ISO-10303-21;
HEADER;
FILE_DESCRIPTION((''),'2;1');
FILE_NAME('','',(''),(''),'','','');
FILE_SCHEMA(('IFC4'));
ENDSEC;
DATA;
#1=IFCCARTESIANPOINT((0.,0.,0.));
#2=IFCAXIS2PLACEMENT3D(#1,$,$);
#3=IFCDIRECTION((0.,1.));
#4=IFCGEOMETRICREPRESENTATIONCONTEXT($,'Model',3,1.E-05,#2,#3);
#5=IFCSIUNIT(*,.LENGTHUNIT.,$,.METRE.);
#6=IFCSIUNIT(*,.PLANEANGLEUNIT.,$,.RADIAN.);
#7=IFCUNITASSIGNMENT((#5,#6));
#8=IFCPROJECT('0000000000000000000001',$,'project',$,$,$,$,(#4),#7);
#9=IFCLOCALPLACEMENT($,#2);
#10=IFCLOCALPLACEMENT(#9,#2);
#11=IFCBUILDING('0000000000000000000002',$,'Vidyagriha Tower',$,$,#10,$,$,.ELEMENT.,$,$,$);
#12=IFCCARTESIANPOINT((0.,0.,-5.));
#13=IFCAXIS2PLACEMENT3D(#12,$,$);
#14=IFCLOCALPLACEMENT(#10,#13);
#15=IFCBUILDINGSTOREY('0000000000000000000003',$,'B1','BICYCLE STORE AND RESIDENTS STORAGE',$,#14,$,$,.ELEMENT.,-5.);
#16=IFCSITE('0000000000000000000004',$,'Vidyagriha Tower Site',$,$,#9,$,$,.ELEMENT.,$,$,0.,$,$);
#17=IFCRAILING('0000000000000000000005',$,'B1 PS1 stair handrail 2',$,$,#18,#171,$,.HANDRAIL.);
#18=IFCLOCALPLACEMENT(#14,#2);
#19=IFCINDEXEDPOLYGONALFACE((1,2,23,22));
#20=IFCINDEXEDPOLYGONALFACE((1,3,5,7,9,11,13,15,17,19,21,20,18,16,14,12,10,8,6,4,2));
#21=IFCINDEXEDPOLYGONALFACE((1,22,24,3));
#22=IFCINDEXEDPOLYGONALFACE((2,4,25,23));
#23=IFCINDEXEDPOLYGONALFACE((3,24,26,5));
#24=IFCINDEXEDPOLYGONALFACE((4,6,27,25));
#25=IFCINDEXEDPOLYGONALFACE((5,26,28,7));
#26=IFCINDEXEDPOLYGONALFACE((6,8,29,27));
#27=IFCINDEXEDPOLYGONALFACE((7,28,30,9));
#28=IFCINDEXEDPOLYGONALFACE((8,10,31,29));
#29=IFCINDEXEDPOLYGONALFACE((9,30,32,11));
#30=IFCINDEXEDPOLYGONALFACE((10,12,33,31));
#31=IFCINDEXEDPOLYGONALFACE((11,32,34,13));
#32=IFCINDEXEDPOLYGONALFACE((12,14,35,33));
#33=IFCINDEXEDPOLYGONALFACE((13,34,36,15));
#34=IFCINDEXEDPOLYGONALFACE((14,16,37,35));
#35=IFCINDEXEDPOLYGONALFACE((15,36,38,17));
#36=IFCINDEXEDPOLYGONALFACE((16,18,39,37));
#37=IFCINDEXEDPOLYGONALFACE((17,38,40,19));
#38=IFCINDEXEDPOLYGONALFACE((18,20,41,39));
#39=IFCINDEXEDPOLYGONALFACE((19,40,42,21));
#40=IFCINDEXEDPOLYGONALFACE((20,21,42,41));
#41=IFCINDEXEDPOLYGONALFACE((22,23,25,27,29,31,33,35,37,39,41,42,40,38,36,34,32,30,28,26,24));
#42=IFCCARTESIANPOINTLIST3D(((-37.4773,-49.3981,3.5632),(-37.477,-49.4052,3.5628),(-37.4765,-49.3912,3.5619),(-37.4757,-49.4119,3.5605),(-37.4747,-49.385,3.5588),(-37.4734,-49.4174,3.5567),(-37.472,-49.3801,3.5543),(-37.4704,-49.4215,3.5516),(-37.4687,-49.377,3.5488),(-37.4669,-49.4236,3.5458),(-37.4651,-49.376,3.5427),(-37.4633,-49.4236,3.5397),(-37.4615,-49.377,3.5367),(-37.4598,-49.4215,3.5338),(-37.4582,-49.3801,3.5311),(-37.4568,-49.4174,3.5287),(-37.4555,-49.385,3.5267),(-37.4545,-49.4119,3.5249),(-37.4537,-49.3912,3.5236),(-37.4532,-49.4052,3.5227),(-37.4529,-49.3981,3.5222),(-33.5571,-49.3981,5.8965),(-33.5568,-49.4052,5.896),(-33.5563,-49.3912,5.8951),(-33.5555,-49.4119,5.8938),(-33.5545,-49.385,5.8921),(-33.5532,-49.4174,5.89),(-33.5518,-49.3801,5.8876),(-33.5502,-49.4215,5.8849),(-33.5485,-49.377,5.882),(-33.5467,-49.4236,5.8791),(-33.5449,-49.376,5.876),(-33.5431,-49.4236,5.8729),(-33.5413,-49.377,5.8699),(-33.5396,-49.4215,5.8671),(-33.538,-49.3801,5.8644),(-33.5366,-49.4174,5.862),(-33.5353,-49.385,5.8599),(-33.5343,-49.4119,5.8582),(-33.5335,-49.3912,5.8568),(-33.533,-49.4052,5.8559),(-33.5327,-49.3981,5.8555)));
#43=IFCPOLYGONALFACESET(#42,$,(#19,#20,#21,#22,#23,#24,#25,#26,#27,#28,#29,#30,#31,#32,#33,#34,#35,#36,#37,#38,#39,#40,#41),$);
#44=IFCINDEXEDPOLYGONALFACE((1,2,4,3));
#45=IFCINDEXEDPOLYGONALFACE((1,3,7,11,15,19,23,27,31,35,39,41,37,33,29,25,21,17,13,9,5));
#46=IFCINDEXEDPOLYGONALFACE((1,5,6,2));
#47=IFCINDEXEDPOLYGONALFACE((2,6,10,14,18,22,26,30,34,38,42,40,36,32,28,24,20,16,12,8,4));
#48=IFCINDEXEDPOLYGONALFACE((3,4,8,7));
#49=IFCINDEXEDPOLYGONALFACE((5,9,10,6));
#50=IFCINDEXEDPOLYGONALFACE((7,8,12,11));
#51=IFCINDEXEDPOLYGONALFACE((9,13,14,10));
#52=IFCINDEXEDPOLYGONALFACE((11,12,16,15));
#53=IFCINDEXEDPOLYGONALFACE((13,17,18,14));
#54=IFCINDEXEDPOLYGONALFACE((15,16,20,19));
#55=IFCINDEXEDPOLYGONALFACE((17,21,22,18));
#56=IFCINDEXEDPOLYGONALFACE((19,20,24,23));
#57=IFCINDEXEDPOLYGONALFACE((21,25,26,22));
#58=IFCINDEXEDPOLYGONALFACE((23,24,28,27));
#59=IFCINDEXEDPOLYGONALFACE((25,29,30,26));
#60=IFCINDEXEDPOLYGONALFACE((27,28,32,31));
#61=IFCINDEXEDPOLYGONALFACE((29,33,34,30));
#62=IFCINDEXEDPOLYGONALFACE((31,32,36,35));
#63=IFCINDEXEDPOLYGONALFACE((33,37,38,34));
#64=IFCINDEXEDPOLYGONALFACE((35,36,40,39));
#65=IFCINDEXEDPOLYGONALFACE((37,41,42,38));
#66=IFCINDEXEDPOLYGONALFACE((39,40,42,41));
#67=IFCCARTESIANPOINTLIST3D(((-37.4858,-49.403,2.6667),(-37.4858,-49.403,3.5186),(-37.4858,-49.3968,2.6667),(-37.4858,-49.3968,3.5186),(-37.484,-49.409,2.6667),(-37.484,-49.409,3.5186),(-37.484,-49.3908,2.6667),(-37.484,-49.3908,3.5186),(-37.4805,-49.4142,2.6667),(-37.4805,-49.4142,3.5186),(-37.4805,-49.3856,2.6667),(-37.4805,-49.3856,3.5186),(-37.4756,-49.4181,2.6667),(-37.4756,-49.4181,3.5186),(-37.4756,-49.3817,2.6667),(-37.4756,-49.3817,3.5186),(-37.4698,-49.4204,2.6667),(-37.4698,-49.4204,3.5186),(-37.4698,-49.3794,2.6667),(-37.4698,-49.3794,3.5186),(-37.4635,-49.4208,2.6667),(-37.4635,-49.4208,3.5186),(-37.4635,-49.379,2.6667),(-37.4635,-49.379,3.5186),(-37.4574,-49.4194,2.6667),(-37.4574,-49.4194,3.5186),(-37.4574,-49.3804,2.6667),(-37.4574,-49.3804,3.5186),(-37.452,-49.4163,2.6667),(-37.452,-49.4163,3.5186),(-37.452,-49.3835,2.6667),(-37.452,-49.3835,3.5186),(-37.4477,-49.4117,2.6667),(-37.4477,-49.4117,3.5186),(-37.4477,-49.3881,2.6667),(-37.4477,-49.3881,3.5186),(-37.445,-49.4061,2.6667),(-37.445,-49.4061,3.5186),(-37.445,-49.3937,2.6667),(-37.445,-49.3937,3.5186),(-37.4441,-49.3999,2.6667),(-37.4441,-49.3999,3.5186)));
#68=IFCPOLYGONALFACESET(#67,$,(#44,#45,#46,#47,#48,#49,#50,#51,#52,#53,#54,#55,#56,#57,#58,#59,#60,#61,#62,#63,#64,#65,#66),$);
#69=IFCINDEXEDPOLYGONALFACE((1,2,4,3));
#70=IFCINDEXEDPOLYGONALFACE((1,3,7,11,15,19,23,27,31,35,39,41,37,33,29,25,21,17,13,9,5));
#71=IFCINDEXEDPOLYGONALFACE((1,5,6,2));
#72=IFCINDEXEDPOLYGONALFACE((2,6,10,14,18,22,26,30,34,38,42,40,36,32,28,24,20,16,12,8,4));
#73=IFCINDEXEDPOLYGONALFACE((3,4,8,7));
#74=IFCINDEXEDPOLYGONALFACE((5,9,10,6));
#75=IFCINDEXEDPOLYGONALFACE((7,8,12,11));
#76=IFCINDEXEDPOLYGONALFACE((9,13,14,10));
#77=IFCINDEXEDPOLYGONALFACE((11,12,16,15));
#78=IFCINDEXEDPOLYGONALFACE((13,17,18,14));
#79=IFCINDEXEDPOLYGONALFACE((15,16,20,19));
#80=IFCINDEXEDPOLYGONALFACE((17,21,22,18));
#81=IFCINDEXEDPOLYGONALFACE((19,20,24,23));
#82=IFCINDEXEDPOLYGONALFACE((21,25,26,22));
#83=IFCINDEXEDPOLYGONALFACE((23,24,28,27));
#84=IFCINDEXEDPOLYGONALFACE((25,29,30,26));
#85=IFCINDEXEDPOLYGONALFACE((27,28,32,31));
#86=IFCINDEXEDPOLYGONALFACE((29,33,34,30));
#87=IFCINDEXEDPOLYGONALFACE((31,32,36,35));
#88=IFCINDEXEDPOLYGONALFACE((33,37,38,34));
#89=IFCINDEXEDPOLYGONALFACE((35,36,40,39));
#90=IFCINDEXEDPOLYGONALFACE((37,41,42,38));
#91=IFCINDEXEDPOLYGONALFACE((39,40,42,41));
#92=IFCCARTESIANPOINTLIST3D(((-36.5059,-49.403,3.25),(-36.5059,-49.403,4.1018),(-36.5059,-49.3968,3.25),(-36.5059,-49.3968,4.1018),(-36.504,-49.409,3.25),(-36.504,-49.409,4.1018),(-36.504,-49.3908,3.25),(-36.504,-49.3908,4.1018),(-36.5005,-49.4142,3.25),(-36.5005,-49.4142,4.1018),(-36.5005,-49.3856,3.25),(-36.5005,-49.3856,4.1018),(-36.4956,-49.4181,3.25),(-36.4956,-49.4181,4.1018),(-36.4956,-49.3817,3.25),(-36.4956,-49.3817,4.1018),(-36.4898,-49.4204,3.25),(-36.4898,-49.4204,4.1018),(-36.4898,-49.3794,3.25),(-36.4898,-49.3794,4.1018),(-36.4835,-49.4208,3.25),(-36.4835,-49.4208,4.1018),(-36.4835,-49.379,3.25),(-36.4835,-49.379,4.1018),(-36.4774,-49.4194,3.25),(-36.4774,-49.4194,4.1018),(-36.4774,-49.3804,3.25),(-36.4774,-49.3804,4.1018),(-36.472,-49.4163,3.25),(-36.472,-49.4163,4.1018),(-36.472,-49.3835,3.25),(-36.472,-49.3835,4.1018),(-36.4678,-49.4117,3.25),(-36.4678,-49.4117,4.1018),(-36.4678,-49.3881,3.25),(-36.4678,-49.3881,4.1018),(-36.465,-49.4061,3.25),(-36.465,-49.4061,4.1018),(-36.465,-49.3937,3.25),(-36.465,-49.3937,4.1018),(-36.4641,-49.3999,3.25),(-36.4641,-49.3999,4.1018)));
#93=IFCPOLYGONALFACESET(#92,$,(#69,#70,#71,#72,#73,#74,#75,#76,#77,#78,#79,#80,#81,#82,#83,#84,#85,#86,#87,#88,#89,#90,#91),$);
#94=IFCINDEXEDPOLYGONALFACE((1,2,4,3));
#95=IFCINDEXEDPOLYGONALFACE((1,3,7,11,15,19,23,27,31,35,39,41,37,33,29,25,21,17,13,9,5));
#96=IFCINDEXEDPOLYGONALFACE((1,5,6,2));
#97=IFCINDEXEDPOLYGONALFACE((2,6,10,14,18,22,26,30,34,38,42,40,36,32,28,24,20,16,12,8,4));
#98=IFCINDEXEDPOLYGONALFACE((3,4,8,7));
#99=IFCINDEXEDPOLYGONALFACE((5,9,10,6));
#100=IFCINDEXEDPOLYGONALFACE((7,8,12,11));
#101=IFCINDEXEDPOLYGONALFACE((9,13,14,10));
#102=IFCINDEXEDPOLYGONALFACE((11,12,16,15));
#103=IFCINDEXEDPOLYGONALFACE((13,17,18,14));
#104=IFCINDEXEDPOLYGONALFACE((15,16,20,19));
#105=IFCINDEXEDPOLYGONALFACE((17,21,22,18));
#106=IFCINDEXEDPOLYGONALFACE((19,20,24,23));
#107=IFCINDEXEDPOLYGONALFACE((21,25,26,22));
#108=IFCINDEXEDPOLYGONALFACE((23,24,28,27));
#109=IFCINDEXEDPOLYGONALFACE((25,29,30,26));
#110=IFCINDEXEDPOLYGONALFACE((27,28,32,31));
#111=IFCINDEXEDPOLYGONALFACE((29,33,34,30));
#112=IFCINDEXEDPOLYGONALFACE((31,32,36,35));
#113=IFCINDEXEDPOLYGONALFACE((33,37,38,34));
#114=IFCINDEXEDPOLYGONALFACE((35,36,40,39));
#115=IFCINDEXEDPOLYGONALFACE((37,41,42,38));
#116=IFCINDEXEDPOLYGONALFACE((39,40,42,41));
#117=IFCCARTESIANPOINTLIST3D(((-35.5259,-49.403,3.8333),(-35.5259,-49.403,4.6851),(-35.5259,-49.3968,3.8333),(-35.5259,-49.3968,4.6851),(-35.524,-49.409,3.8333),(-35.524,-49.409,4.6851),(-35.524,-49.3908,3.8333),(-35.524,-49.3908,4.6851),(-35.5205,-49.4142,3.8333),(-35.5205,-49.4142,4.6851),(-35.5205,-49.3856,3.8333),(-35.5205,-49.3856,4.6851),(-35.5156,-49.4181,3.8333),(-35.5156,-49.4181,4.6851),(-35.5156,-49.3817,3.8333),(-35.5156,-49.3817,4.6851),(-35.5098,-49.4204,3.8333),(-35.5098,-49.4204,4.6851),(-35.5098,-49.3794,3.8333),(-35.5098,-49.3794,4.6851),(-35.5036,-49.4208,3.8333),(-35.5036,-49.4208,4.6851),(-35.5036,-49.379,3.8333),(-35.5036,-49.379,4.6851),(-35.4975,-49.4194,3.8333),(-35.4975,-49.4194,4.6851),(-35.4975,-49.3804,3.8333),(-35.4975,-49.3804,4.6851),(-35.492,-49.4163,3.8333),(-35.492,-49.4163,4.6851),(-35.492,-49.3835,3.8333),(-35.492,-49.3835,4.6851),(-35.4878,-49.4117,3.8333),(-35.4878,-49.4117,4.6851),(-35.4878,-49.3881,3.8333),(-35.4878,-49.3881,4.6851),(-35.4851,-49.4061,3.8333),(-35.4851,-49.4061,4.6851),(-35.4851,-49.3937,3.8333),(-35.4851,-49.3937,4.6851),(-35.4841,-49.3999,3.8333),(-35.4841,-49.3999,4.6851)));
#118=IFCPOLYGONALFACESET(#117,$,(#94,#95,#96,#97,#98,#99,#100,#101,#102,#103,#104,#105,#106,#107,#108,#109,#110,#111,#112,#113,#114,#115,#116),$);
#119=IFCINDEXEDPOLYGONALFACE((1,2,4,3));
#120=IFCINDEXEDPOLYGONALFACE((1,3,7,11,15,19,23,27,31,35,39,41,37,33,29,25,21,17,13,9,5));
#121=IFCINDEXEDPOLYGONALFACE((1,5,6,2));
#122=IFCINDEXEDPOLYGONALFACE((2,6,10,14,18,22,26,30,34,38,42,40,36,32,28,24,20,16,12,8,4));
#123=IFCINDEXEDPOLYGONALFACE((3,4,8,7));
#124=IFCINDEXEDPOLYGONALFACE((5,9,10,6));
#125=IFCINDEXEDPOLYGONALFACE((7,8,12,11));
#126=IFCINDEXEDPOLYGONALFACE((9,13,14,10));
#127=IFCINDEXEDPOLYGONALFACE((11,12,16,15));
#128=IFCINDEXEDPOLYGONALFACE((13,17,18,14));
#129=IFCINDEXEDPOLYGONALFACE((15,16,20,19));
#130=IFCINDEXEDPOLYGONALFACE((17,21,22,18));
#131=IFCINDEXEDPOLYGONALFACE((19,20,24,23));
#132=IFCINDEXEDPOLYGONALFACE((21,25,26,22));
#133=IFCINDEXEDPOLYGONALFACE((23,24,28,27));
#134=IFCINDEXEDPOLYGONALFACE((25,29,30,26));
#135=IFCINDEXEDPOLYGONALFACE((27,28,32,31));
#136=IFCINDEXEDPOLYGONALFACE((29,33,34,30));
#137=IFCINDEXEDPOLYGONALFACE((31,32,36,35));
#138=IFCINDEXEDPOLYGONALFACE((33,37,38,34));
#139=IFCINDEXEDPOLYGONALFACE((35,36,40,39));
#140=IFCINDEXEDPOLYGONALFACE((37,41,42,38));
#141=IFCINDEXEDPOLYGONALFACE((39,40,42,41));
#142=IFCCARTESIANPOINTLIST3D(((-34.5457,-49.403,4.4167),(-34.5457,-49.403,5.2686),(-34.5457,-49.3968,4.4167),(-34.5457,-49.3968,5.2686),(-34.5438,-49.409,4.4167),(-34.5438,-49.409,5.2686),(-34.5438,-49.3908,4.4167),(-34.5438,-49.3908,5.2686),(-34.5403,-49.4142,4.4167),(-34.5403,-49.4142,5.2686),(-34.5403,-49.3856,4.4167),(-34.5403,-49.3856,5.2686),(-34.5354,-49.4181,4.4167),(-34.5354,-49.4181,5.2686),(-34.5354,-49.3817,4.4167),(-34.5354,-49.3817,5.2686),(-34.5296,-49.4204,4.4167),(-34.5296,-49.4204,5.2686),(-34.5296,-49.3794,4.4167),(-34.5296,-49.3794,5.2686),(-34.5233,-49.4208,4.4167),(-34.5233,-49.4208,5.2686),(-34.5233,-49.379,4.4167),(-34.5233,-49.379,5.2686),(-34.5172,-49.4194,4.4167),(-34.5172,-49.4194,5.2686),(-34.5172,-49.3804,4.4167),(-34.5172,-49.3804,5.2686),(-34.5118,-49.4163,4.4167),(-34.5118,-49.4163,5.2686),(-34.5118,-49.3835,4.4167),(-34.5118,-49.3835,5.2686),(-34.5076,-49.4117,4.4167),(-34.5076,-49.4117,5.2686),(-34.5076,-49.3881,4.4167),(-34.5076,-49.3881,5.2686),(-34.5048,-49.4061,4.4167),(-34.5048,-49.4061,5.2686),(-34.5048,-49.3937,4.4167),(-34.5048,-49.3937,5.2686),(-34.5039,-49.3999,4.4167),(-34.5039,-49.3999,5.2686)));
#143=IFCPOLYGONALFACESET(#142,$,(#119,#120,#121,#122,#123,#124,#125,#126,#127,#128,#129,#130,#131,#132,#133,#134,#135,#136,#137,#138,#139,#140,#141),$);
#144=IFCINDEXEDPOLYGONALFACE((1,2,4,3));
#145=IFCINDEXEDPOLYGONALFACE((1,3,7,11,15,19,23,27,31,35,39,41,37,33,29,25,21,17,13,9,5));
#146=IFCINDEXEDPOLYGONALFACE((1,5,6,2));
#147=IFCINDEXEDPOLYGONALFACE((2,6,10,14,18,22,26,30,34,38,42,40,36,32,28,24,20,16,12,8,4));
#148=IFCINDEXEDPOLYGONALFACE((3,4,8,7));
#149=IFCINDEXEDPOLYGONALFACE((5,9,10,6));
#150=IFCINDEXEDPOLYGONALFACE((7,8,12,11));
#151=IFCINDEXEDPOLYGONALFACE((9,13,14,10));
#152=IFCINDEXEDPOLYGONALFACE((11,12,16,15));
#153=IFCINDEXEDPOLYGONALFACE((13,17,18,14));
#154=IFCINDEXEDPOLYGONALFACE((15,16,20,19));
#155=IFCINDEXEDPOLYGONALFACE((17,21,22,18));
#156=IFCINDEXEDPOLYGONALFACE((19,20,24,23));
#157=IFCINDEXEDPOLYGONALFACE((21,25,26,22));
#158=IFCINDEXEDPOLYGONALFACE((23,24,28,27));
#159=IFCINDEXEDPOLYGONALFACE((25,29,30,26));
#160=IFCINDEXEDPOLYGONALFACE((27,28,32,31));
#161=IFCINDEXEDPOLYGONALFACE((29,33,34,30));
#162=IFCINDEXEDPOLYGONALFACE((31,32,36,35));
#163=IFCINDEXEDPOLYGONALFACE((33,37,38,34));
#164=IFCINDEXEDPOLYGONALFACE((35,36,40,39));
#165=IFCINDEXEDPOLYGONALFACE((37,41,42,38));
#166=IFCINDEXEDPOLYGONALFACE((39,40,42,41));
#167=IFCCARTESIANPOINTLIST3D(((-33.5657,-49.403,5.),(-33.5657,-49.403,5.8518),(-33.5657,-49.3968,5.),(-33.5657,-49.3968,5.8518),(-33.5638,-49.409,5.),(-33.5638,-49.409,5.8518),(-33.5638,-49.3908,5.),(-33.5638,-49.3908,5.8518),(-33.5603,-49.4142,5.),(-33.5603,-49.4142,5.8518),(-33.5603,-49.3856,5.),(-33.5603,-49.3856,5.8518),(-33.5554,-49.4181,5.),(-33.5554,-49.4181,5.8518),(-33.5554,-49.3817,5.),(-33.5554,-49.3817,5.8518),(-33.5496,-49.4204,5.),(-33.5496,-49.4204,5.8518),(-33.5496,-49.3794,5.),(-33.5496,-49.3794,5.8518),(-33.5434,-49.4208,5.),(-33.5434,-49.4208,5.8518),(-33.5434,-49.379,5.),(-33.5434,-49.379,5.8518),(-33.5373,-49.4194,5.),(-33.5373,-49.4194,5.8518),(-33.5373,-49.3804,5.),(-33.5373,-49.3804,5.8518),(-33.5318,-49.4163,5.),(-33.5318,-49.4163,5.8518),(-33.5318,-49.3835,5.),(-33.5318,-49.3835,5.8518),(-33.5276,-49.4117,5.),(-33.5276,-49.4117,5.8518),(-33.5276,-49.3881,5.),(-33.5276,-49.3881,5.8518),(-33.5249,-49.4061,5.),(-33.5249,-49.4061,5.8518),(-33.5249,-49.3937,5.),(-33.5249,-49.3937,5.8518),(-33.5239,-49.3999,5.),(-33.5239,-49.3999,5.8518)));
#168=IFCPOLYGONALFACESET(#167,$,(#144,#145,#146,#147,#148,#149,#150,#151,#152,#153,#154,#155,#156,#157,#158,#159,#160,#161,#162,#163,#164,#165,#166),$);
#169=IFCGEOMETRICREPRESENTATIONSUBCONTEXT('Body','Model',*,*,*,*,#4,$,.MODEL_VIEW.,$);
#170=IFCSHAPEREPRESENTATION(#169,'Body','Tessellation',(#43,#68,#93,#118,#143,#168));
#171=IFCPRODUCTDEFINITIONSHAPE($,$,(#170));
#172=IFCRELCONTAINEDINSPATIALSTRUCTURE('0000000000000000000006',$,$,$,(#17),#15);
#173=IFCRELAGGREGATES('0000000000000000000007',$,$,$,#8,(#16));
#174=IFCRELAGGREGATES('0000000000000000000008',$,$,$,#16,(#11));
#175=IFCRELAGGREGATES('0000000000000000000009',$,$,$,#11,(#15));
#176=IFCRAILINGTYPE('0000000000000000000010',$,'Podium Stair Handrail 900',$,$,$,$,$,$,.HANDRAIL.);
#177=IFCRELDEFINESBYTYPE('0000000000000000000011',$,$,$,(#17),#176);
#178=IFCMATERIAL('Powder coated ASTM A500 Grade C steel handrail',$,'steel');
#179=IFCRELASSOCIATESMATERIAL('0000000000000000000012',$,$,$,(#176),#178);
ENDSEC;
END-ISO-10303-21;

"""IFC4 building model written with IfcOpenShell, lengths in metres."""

from ifc_helpers import new_model, si_unit, direction, frame, origin, origin_2d, place, context, subcontext, project, spatial, circle, extrude, material, type_object, element, save


model = new_model("IFC4")

# Units and contexts
model_context = context("Model", 3, precision=1e-05, world=origin(), true_north=direction((0.0, 1.0)))
body_context = subcontext(model_context, "Body", "Model", "MODEL_VIEW")
ifc_project = project(units=[si_unit("LENGTHUNIT", "METRE"), si_unit("PLANEANGLEUNIT", "RADIAN")], contexts=[model_context])

# Site, building, storey
site_placement = place(None, origin())
site = spatial("IfcSite", under=ifc_project, at=site_placement, Name="Vidyagriha Tower Site", CompositionType="ELEMENT", RefElevation=0.0)
building_placement = place(site_placement, origin())
building = spatial("IfcBuilding", under=site, at=building_placement, Name="Vidyagriha Tower", CompositionType="ELEMENT")
storey_placement = place(building_placement, frame((0.0, 0.0, -5.0)))
storey = spatial("IfcBuildingStorey", under=building, at=storey_placement, Name="B1", Description="BICYCLE STORE AND RESIDENTS STORAGE", CompositionType="ELEMENT", Elevation=-5.0)

# Railing
ifc_material_1 = material(Name="Powder coated ASTM A500 Grade C steel handrail", Category="steel")
railing_type_1 = type_object("IfcRailingType", Name="Podium Stair Handrail 900", PredefinedType="HANDRAIL", material=ifc_material_1)
railing_1_placement = place(storey_placement, frame((-37.4651, -49.3999, 2.6667)))
element("IfcRailing", 1, at=railing_1_placement, inside=storey, type_object=railing_type_1, Name="B1 PS1 stair handrail 2", PredefinedType="HANDRAIL", context=body_context, shape_type="SweptSolid", body=[
    extrude(circle(Radius=0.0239, at=origin_2d()), frame((0.0, 0.0, 0.876), z_axis=(0.85931, 0.0, 0.511455), x_axis=(0.0, 1.0, 0.0)), (0.0, 0.0, 1.0), 4.562),
    extrude(circle(Radius=0.021, at=origin_2d()), origin(), (0.0, 0.0, 1.0), 0.8518),
    extrude(circle(Radius=0.021, at=origin_2d()), frame((0.98, 0.0, 0.5833)), (0.0, 0.0, 1.0), 0.8518),
    extrude(circle(Radius=0.021, at=origin_2d()), frame((1.96, 0.0, 1.1665)), (0.0, 0.0, 1.0), 0.8518),
    extrude(circle(Radius=0.021, at=origin_2d()), frame((2.9402, 0.0, 1.75)), (0.0, 0.0, 1.0), 0.8518),
    extrude(circle(Radius=0.021, at=origin_2d()), frame((3.9202, 0.0, 2.3333)), (0.0, 0.0, 1.0), 0.8518),
])

save(model, "model.ifc")
